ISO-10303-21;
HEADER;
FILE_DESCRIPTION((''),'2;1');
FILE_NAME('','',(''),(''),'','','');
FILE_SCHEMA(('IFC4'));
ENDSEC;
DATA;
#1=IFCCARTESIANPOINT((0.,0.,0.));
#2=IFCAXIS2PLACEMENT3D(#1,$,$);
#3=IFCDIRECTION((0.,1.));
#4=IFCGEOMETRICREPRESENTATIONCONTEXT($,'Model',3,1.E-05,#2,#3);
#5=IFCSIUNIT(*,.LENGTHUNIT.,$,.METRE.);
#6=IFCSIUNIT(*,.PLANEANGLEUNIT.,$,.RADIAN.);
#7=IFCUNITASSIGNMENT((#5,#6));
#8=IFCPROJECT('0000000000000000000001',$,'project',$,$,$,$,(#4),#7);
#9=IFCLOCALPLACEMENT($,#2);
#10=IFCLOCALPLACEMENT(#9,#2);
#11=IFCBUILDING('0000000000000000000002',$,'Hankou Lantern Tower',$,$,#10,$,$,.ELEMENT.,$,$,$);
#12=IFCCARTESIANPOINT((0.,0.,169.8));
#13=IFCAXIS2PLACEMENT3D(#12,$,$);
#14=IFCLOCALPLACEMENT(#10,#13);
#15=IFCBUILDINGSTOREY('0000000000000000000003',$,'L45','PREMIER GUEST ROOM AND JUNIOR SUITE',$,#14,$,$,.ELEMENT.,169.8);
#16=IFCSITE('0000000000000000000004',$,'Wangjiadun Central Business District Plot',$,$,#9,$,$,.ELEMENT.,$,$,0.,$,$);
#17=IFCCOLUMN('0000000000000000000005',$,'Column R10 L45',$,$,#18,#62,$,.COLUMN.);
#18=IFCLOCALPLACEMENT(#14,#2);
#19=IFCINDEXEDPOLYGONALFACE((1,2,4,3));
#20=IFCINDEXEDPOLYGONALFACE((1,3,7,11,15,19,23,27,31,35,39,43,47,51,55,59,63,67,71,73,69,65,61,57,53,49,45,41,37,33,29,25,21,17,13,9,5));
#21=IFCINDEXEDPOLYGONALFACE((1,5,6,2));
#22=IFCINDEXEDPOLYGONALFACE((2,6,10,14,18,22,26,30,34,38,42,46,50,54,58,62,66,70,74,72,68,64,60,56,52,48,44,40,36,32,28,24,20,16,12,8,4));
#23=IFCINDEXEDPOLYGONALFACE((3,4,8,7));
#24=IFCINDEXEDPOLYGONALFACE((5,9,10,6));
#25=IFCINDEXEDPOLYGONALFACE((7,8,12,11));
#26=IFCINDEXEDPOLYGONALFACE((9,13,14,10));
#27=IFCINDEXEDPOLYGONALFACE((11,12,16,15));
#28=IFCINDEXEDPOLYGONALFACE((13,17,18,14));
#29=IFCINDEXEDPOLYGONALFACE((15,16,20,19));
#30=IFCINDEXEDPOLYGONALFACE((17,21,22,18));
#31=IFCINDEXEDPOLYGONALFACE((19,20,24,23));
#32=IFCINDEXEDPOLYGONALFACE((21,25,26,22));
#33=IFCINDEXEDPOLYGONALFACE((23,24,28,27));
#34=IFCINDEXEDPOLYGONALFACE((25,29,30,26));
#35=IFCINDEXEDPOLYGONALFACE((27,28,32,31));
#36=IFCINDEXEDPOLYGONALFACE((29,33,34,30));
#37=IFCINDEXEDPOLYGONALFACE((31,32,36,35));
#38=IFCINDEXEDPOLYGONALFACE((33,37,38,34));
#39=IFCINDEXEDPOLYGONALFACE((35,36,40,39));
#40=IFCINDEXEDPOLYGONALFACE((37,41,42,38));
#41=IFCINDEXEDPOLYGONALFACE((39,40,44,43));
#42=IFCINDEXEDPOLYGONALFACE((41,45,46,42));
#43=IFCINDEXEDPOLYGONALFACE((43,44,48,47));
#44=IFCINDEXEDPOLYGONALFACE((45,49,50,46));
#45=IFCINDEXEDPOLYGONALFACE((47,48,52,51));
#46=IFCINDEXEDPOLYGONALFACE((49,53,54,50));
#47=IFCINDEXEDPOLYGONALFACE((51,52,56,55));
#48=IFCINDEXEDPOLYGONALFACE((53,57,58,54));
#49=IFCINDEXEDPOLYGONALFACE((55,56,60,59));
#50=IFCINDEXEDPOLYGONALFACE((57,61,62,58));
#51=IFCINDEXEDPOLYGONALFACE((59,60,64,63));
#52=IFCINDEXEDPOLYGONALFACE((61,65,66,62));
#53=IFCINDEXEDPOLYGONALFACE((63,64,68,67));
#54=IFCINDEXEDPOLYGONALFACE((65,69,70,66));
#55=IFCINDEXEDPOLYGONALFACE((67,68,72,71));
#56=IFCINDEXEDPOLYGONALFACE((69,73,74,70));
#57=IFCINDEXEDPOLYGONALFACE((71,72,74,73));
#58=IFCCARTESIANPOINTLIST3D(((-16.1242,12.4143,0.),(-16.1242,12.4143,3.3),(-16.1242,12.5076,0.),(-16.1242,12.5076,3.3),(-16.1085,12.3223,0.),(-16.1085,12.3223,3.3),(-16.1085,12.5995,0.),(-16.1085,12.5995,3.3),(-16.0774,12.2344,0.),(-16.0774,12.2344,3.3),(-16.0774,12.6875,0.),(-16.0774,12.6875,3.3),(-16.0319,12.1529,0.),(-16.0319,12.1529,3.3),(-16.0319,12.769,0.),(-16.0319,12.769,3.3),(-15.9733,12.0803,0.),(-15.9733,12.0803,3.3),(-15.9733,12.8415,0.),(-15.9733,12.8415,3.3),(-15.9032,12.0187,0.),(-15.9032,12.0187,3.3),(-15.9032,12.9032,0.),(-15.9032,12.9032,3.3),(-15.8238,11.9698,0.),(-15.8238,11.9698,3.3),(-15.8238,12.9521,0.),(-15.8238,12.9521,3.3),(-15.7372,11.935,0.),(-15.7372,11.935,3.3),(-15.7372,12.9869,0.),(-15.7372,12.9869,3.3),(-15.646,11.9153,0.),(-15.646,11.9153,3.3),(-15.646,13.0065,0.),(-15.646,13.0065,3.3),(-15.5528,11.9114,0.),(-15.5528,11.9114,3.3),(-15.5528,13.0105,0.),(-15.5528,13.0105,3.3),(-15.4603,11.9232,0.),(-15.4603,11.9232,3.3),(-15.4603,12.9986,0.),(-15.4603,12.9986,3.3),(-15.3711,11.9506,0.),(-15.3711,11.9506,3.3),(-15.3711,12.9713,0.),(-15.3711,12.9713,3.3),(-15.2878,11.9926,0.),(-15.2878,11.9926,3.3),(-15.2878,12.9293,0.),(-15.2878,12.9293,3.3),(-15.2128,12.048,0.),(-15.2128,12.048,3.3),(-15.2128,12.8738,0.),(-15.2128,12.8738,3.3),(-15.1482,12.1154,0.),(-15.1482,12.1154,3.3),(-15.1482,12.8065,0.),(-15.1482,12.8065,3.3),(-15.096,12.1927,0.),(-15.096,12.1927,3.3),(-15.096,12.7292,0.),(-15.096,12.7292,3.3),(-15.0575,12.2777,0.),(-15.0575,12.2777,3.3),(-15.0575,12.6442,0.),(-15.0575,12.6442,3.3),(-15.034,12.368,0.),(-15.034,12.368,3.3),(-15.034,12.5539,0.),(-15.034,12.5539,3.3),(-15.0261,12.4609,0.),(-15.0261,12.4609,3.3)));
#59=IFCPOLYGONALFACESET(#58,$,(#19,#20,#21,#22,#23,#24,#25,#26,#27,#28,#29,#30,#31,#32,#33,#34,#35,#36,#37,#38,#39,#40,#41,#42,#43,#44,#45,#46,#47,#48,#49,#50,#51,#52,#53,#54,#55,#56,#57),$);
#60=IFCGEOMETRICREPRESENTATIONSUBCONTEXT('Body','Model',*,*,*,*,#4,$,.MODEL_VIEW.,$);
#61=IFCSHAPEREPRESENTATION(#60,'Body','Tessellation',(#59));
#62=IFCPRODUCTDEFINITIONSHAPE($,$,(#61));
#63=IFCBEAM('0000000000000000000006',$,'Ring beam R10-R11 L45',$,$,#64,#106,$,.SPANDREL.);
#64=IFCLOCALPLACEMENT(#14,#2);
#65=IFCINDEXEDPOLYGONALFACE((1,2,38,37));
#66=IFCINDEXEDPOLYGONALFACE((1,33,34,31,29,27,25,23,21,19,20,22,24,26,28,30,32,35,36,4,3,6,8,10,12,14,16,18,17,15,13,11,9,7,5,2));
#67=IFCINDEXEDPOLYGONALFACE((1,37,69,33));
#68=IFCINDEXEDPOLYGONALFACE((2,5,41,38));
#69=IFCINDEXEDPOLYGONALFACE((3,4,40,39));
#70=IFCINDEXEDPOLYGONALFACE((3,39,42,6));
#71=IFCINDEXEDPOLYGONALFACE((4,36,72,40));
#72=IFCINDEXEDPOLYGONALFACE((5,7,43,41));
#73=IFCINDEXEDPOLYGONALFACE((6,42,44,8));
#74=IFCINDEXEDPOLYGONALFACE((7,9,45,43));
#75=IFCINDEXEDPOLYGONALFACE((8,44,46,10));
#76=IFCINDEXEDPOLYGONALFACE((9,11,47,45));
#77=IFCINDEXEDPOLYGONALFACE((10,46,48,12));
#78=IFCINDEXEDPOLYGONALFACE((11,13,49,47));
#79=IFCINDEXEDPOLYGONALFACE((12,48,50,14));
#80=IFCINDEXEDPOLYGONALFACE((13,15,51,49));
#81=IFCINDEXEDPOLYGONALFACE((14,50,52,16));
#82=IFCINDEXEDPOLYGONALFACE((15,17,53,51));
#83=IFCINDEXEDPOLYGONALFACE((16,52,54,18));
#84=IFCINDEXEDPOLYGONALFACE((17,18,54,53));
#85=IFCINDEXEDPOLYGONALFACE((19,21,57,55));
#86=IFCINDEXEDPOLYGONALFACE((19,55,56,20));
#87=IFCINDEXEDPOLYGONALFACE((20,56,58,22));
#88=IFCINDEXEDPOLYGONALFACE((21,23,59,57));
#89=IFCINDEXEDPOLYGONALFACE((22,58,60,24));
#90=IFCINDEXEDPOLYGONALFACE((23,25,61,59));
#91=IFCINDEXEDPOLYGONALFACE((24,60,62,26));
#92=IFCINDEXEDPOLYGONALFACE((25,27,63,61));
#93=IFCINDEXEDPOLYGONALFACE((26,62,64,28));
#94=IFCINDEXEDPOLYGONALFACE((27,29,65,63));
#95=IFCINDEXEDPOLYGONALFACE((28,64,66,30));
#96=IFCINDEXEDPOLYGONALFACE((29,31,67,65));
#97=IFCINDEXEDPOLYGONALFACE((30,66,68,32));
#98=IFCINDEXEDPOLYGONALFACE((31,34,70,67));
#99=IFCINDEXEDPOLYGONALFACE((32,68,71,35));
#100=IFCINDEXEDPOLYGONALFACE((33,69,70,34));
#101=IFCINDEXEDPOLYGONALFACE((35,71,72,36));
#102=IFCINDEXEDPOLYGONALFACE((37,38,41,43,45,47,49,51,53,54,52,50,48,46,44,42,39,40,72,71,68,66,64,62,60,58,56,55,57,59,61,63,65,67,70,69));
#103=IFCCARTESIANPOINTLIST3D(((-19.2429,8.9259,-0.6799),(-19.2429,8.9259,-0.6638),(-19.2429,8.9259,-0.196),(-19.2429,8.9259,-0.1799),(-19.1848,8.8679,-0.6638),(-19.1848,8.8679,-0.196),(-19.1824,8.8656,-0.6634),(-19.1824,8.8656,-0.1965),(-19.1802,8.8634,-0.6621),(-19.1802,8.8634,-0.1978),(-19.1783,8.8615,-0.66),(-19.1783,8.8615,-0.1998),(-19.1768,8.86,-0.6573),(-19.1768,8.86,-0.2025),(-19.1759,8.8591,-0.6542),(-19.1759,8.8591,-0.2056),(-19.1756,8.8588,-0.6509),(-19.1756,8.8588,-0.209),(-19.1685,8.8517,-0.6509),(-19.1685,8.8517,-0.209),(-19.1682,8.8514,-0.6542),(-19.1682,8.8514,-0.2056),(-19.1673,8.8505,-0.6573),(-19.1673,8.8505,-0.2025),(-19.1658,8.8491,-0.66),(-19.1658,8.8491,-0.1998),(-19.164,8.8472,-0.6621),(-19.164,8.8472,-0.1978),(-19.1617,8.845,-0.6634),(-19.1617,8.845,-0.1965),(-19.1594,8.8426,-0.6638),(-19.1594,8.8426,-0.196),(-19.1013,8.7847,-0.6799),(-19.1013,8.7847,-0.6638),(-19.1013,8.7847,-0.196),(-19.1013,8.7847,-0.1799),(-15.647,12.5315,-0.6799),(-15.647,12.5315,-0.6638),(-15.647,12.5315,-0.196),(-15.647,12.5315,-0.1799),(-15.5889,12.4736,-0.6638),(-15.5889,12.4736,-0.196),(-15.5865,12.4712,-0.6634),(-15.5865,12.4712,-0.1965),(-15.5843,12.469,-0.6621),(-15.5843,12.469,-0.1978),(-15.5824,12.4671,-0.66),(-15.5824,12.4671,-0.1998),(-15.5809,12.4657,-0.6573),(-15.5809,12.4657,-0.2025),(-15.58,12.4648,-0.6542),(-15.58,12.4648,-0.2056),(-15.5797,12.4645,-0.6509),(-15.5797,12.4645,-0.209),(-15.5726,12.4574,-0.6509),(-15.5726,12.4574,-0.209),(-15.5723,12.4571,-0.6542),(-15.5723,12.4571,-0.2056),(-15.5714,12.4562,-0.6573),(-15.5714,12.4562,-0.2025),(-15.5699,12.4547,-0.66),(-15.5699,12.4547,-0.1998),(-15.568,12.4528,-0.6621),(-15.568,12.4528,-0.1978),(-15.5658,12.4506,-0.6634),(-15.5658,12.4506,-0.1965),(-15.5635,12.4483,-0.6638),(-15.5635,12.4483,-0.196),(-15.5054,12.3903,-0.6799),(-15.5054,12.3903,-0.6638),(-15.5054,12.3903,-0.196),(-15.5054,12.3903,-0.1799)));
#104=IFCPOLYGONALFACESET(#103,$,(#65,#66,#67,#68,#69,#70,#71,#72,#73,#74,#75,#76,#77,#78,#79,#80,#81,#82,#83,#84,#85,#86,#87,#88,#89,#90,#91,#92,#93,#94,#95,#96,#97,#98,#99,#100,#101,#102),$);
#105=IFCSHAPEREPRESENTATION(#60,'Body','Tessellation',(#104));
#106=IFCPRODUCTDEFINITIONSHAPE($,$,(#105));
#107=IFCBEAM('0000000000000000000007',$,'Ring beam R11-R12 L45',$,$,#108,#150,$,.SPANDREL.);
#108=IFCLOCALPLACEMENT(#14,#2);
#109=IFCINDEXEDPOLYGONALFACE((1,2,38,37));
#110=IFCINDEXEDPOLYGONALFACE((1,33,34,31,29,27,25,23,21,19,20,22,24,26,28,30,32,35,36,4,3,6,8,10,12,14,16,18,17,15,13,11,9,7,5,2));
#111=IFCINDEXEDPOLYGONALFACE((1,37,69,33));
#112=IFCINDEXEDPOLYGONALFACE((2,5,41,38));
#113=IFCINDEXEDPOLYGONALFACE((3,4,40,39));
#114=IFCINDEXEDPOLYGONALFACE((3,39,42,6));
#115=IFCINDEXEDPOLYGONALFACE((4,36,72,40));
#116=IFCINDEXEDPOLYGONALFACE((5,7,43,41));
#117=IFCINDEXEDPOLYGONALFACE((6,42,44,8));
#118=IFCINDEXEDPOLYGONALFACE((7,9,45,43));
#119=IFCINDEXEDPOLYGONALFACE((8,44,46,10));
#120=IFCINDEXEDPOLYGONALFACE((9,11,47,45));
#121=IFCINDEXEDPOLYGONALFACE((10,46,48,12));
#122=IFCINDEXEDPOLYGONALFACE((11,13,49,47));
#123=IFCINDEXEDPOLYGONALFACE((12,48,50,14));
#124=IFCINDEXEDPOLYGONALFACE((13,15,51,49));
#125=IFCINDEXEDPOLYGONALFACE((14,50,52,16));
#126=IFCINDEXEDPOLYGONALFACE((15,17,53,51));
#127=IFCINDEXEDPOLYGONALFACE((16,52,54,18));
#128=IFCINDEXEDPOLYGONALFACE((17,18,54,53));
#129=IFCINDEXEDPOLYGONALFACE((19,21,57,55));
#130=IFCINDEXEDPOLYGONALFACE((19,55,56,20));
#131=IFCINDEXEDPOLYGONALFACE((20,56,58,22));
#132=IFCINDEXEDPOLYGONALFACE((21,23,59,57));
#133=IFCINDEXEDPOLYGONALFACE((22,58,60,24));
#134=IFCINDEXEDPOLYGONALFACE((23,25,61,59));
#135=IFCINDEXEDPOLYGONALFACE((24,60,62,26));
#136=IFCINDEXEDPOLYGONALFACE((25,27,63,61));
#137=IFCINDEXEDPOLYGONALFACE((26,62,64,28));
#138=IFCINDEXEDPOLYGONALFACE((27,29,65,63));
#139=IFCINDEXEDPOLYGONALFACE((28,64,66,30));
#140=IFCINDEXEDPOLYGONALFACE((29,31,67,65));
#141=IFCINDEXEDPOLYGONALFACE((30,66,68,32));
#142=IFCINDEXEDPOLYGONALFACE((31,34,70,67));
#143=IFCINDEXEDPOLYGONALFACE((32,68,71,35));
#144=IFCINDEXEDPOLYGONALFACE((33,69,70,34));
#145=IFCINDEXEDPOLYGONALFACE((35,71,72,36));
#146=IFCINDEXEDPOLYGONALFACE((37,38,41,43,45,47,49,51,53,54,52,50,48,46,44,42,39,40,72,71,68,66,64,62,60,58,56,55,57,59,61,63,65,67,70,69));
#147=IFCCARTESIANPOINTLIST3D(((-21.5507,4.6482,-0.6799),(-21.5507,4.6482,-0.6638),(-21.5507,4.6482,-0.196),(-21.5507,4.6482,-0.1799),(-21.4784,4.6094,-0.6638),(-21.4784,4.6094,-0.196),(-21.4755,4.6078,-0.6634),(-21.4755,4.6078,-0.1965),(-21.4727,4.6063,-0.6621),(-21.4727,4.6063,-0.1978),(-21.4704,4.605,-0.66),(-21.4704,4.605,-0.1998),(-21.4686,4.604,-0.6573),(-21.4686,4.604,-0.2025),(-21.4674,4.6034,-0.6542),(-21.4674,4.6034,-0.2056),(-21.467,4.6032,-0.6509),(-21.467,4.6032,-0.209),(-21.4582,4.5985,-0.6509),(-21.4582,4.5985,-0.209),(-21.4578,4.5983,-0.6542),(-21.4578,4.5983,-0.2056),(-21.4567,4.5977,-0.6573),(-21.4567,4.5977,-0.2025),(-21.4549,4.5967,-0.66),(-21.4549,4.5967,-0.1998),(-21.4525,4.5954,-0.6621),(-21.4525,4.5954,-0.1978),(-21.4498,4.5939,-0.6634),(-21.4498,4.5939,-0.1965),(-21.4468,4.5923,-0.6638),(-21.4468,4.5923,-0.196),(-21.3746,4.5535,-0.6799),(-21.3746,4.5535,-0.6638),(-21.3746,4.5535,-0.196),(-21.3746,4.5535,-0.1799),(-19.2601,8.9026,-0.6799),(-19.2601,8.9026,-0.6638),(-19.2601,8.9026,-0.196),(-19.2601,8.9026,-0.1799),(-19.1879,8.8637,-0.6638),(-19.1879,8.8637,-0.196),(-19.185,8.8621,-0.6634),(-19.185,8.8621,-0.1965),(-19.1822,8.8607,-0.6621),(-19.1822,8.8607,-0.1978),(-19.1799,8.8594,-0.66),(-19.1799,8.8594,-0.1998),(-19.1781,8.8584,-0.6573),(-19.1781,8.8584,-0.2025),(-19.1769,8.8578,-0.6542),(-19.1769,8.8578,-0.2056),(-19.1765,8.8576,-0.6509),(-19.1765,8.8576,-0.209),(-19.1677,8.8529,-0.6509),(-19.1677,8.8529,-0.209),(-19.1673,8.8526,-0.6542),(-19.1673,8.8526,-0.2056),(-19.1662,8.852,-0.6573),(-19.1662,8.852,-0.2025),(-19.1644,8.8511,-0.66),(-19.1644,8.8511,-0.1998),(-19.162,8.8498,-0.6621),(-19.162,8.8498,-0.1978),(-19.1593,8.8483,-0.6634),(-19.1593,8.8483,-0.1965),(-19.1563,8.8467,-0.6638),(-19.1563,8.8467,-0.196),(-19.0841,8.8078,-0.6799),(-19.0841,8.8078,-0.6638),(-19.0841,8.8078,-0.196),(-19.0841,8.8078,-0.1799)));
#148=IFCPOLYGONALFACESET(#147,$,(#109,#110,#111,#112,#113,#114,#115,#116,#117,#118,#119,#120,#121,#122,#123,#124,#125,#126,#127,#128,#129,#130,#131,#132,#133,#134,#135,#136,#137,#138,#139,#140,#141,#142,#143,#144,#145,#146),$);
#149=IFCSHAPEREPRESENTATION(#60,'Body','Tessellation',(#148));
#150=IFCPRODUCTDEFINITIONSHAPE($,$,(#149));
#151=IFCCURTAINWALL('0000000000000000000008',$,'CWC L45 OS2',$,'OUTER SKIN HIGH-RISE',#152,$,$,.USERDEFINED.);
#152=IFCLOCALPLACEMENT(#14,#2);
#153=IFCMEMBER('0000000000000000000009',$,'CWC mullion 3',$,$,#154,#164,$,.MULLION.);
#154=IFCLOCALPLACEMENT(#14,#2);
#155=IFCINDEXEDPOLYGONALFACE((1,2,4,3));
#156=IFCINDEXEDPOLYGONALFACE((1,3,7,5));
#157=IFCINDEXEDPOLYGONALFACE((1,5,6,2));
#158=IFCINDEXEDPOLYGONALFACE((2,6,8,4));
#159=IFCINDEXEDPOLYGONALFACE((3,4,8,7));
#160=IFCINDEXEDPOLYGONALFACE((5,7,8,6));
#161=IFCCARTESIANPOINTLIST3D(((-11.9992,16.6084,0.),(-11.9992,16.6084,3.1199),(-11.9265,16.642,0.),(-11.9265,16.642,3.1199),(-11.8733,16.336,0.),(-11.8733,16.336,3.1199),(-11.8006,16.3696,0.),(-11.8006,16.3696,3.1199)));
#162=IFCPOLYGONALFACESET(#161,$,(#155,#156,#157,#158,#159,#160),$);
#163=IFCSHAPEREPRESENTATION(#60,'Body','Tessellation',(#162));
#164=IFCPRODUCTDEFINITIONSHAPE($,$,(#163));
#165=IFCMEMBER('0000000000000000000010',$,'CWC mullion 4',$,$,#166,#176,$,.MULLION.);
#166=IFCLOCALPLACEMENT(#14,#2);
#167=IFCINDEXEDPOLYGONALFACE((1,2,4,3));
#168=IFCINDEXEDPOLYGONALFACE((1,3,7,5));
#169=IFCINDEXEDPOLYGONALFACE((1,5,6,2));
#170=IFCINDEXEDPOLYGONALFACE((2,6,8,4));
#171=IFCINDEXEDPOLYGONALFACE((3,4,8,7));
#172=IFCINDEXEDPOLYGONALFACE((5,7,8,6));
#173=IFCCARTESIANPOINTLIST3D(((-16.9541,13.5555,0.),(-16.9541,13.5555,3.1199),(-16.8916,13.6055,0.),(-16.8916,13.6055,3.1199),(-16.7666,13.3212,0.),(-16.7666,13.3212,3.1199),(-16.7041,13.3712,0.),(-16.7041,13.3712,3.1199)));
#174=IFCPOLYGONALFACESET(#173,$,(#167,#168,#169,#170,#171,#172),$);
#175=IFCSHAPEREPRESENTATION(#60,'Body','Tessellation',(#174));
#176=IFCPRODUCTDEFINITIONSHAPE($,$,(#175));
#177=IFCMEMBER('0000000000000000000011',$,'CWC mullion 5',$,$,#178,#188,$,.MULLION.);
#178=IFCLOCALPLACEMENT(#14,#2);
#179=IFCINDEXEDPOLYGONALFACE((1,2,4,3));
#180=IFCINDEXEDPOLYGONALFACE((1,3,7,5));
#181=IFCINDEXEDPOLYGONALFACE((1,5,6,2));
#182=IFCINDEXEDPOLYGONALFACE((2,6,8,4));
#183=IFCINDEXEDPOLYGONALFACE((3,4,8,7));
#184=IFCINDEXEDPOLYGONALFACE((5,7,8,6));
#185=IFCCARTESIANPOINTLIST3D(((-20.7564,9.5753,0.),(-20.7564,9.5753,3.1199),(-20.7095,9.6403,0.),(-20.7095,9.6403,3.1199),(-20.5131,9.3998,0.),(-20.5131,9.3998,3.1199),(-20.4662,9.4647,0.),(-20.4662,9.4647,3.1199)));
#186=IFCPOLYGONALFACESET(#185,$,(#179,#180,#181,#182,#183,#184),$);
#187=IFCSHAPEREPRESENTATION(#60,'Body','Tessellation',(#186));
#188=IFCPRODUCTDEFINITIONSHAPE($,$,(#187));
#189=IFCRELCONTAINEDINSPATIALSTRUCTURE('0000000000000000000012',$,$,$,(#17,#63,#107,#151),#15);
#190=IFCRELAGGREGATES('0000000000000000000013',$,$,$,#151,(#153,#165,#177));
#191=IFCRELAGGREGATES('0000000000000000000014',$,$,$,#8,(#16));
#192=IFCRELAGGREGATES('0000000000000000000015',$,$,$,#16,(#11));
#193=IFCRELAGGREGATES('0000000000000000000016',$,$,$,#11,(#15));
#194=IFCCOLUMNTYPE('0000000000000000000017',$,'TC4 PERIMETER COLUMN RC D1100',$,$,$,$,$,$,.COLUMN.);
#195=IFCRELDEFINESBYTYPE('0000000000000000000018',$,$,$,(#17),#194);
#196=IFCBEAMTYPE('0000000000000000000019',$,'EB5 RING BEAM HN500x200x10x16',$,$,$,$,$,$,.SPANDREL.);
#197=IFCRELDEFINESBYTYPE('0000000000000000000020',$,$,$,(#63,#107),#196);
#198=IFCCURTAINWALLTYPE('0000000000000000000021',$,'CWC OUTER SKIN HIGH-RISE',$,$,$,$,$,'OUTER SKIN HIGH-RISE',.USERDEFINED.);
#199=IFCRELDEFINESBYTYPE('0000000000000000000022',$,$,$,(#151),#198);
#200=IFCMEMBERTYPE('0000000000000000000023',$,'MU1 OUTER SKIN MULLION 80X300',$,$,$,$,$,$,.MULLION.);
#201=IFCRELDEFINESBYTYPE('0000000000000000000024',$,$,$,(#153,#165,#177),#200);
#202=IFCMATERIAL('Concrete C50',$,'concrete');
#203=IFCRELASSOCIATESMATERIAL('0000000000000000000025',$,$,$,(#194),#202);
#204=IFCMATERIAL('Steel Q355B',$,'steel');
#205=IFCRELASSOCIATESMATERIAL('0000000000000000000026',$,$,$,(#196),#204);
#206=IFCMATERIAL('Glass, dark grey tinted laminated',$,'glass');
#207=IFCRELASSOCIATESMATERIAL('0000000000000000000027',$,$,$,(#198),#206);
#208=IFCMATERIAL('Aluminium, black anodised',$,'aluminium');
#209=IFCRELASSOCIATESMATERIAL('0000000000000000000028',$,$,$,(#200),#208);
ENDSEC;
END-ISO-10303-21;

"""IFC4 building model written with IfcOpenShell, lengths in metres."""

from ifc_helpers import new_model, si_unit, direction, frame, origin, origin_2d, place, context, subcontext, project, spatial, rectangle, circle, i_section, extrude, material, material_profile, profile_set, type_object, element, aggregate, save


model = new_model("IFC4")

# Units and contexts
model_context = context("Model", 3, precision=1e-05, world=origin(), true_north=direction((0.0, 1.0)))
body_context = subcontext(model_context, "Body", "Model", "MODEL_VIEW")
ifc_project = project(units=[si_unit("LENGTHUNIT", "METRE"), si_unit("PLANEANGLEUNIT", "RADIAN")], contexts=[model_context])

# Site, building, storey
site_placement = place(None, origin())
site = spatial("IfcSite", under=ifc_project, at=site_placement, Name="Wangjiadun Central Business District Plot", CompositionType="ELEMENT", RefElevation=0.0)
building_placement = place(site_placement, origin())
building = spatial("IfcBuilding", under=site, at=building_placement, Name="Hankou Lantern Tower", CompositionType="ELEMENT")
storey_placement = place(building_placement, frame((0.0, 0.0, 169.8)))
storey = spatial("IfcBuildingStorey", under=building, at=storey_placement, Name="L45", Description="PREMIER GUEST ROOM AND JUNIOR SUITE", CompositionType="ELEMENT", Elevation=169.8)

# Column
ifc_material_1 = material(Name="Concrete C50", Category="concrete")
ifc_material_profile_1 = material_profile(ifc_material_1, circle(Radius=0.55, at=origin_2d()), Name="RC D1100")
ifc_profile_set_1 = profile_set([ifc_material_profile_1], Name="Concrete C50")
column_type = type_object("IfcColumnType", Name="TC4 PERIMETER COLUMN RC D1100", PredefinedType="COLUMN", material=ifc_profile_set_1)
column_placement = place(storey_placement, frame((-15.5762, 12.4609, 0.0), z_axis=(0.0, 0.0, 1.0), x_axis=(1.0, 0.0, 0.0)))
element("IfcColumn", 1, at=column_placement, inside=storey, type_object=column_type, Name="Column R10 L45", PredefinedType="COLUMN", context=body_context, shape_type="SweptSolid", body=[
    extrude(circle(Radius=0.55, at=origin_2d()), origin(), (0.0, 0.0, 1.0), 3.3),
])

# Beams
ifc_material_2 = material(Name="Steel Q355B", Category="steel")
ifc_material_profile_2 = material_profile(ifc_material_2, i_section(OverallWidth=0.2, OverallDepth=0.5, WebThickness=0.01, FlangeThickness=0.0161, FilletRadius=0.0129, at=origin_2d()), Name="HN500x200x10x16")
ifc_profile_set_2 = profile_set([ifc_material_profile_2], Name="Steel Q355B")
beam_type_1 = type_object("IfcBeamType", Name="EB5 RING BEAM HN500x200x10x16", PredefinedType="SPANDREL", material=ifc_profile_set_2)
beam_1_placement = place(storey_placement, frame((-15.5762, 12.4609, -0.4299), z_axis=(-0.706147, -0.708065, 0.0), x_axis=(0.708065, -0.706147, 0.0)))
element("IfcBeam", 2, at=beam_1_placement, inside=storey, type_object=beam_type_1, Name="Ring beam R10-R11 L45", PredefinedType="SPANDREL", context=body_context, shape_type="SweptSolid", body=[
    extrude(i_section(OverallWidth=0.2, OverallDepth=0.5, WebThickness=0.01, FlangeThickness=0.0161, FilletRadius=0.0129, at=origin_2d()), origin(), (0.0, 0.0, 1.0), 5.0923),
])
beam_2_placement = place(storey_placement, frame((-19.1721, 8.8552, -0.4299), z_axis=(-0.474052, -0.880497, 0.0), x_axis=(0.880497, -0.474052, 0.0)))
element("IfcBeam", 3, at=beam_2_placement, inside=storey, type_object=beam_type_1, Name="Ring beam R11-R12 L45", PredefinedType="SPANDREL", context=body_context, shape_type="SweptSolid", body=[
    extrude(i_section(OverallWidth=0.2, OverallDepth=0.5, WebThickness=0.01, FlangeThickness=0.0161, FilletRadius=0.0129, at=origin_2d()), origin(), (0.0, 0.0, 1.0), 4.8318),
])

# Curtain wall, members
ifc_material_3 = material(Name="Glass, dark grey tinted laminated", Category="glass")
curtain_wall_type = type_object("IfcCurtainWallType", Name="CWC OUTER SKIN HIGH-RISE", ElementType="OUTER SKIN HIGH-RISE", PredefinedType="USERDEFINED", material=ifc_material_3)
curtain_wall_placement = place(storey_placement, origin())
curtain_wall = element("IfcCurtainWall", 4, at=curtain_wall_placement, inside=storey, type_object=curtain_wall_type, Name="CWC L45 OS2", ObjectType="OUTER SKIN HIGH-RISE", PredefinedType="USERDEFINED")
ifc_material_4 = material(Name="Aluminium, black anodised", Category="aluminium")
ifc_material_profile_3 = material_profile(ifc_material_4, rectangle(XDim=0.0801, YDim=0.3, at=origin_2d()), Name="MU1 80X300")
ifc_profile_set_3 = profile_set([ifc_material_profile_3], Name="Aluminium, black anodised")
member_type_1 = type_object("IfcMemberType", Name="MU1 OUTER SKIN MULLION 80X300", PredefinedType="MULLION", material=ifc_profile_set_3)
member_1_placement = place(storey_placement, frame((-11.8999, 16.489, 0.0), z_axis=(0.0, 0.0, 1.0), x_axis=(-0.907841, -0.419314, 0.0)))
member_1 = element("IfcMember", 5, at=member_1_placement, type_object=member_type_1, Name="CWC mullion 3", PredefinedType="MULLION", context=body_context, shape_type="SweptSolid", body=[
    extrude(rectangle(XDim=0.0801, YDim=0.3, at=origin_2d()), origin(), (0.0, 0.0, 1.0), 3.1199),
])
member_2_placement = place(storey_placement, frame((-16.8291, 13.4634, 0.0), z_axis=(0.0, 0.0, 1.0), x_axis=(-0.780869, -0.624695, 0.0)))
member_2 = element("IfcMember", 6, at=member_2_placement, type_object=member_type_1, Name="CWC mullion 4", PredefinedType="MULLION", context=body_context, shape_type="SweptSolid", body=[
    extrude(rectangle(XDim=0.0801, YDim=0.3, at=origin_2d()), origin(), (0.0, 0.0, 1.0), 3.1199),
])
member_3_placement = place(storey_placement, frame((-20.6113, 9.52, 0.0), z_axis=(0.0, 0.0, 1.0), x_axis=(-0.585206, -0.810885, 0.0)))
member_3 = element("IfcMember", 7, at=member_3_placement, type_object=member_type_1, Name="CWC mullion 5", PredefinedType="MULLION", context=body_context, shape_type="SweptSolid", body=[
    extrude(rectangle(XDim=0.0801, YDim=0.3, at=origin_2d()), origin(), (0.0, 0.0, 1.0), 3.1199),
])

aggregate(curtain_wall, [member_1, member_2, member_3])

save(model, "model.ifc")
